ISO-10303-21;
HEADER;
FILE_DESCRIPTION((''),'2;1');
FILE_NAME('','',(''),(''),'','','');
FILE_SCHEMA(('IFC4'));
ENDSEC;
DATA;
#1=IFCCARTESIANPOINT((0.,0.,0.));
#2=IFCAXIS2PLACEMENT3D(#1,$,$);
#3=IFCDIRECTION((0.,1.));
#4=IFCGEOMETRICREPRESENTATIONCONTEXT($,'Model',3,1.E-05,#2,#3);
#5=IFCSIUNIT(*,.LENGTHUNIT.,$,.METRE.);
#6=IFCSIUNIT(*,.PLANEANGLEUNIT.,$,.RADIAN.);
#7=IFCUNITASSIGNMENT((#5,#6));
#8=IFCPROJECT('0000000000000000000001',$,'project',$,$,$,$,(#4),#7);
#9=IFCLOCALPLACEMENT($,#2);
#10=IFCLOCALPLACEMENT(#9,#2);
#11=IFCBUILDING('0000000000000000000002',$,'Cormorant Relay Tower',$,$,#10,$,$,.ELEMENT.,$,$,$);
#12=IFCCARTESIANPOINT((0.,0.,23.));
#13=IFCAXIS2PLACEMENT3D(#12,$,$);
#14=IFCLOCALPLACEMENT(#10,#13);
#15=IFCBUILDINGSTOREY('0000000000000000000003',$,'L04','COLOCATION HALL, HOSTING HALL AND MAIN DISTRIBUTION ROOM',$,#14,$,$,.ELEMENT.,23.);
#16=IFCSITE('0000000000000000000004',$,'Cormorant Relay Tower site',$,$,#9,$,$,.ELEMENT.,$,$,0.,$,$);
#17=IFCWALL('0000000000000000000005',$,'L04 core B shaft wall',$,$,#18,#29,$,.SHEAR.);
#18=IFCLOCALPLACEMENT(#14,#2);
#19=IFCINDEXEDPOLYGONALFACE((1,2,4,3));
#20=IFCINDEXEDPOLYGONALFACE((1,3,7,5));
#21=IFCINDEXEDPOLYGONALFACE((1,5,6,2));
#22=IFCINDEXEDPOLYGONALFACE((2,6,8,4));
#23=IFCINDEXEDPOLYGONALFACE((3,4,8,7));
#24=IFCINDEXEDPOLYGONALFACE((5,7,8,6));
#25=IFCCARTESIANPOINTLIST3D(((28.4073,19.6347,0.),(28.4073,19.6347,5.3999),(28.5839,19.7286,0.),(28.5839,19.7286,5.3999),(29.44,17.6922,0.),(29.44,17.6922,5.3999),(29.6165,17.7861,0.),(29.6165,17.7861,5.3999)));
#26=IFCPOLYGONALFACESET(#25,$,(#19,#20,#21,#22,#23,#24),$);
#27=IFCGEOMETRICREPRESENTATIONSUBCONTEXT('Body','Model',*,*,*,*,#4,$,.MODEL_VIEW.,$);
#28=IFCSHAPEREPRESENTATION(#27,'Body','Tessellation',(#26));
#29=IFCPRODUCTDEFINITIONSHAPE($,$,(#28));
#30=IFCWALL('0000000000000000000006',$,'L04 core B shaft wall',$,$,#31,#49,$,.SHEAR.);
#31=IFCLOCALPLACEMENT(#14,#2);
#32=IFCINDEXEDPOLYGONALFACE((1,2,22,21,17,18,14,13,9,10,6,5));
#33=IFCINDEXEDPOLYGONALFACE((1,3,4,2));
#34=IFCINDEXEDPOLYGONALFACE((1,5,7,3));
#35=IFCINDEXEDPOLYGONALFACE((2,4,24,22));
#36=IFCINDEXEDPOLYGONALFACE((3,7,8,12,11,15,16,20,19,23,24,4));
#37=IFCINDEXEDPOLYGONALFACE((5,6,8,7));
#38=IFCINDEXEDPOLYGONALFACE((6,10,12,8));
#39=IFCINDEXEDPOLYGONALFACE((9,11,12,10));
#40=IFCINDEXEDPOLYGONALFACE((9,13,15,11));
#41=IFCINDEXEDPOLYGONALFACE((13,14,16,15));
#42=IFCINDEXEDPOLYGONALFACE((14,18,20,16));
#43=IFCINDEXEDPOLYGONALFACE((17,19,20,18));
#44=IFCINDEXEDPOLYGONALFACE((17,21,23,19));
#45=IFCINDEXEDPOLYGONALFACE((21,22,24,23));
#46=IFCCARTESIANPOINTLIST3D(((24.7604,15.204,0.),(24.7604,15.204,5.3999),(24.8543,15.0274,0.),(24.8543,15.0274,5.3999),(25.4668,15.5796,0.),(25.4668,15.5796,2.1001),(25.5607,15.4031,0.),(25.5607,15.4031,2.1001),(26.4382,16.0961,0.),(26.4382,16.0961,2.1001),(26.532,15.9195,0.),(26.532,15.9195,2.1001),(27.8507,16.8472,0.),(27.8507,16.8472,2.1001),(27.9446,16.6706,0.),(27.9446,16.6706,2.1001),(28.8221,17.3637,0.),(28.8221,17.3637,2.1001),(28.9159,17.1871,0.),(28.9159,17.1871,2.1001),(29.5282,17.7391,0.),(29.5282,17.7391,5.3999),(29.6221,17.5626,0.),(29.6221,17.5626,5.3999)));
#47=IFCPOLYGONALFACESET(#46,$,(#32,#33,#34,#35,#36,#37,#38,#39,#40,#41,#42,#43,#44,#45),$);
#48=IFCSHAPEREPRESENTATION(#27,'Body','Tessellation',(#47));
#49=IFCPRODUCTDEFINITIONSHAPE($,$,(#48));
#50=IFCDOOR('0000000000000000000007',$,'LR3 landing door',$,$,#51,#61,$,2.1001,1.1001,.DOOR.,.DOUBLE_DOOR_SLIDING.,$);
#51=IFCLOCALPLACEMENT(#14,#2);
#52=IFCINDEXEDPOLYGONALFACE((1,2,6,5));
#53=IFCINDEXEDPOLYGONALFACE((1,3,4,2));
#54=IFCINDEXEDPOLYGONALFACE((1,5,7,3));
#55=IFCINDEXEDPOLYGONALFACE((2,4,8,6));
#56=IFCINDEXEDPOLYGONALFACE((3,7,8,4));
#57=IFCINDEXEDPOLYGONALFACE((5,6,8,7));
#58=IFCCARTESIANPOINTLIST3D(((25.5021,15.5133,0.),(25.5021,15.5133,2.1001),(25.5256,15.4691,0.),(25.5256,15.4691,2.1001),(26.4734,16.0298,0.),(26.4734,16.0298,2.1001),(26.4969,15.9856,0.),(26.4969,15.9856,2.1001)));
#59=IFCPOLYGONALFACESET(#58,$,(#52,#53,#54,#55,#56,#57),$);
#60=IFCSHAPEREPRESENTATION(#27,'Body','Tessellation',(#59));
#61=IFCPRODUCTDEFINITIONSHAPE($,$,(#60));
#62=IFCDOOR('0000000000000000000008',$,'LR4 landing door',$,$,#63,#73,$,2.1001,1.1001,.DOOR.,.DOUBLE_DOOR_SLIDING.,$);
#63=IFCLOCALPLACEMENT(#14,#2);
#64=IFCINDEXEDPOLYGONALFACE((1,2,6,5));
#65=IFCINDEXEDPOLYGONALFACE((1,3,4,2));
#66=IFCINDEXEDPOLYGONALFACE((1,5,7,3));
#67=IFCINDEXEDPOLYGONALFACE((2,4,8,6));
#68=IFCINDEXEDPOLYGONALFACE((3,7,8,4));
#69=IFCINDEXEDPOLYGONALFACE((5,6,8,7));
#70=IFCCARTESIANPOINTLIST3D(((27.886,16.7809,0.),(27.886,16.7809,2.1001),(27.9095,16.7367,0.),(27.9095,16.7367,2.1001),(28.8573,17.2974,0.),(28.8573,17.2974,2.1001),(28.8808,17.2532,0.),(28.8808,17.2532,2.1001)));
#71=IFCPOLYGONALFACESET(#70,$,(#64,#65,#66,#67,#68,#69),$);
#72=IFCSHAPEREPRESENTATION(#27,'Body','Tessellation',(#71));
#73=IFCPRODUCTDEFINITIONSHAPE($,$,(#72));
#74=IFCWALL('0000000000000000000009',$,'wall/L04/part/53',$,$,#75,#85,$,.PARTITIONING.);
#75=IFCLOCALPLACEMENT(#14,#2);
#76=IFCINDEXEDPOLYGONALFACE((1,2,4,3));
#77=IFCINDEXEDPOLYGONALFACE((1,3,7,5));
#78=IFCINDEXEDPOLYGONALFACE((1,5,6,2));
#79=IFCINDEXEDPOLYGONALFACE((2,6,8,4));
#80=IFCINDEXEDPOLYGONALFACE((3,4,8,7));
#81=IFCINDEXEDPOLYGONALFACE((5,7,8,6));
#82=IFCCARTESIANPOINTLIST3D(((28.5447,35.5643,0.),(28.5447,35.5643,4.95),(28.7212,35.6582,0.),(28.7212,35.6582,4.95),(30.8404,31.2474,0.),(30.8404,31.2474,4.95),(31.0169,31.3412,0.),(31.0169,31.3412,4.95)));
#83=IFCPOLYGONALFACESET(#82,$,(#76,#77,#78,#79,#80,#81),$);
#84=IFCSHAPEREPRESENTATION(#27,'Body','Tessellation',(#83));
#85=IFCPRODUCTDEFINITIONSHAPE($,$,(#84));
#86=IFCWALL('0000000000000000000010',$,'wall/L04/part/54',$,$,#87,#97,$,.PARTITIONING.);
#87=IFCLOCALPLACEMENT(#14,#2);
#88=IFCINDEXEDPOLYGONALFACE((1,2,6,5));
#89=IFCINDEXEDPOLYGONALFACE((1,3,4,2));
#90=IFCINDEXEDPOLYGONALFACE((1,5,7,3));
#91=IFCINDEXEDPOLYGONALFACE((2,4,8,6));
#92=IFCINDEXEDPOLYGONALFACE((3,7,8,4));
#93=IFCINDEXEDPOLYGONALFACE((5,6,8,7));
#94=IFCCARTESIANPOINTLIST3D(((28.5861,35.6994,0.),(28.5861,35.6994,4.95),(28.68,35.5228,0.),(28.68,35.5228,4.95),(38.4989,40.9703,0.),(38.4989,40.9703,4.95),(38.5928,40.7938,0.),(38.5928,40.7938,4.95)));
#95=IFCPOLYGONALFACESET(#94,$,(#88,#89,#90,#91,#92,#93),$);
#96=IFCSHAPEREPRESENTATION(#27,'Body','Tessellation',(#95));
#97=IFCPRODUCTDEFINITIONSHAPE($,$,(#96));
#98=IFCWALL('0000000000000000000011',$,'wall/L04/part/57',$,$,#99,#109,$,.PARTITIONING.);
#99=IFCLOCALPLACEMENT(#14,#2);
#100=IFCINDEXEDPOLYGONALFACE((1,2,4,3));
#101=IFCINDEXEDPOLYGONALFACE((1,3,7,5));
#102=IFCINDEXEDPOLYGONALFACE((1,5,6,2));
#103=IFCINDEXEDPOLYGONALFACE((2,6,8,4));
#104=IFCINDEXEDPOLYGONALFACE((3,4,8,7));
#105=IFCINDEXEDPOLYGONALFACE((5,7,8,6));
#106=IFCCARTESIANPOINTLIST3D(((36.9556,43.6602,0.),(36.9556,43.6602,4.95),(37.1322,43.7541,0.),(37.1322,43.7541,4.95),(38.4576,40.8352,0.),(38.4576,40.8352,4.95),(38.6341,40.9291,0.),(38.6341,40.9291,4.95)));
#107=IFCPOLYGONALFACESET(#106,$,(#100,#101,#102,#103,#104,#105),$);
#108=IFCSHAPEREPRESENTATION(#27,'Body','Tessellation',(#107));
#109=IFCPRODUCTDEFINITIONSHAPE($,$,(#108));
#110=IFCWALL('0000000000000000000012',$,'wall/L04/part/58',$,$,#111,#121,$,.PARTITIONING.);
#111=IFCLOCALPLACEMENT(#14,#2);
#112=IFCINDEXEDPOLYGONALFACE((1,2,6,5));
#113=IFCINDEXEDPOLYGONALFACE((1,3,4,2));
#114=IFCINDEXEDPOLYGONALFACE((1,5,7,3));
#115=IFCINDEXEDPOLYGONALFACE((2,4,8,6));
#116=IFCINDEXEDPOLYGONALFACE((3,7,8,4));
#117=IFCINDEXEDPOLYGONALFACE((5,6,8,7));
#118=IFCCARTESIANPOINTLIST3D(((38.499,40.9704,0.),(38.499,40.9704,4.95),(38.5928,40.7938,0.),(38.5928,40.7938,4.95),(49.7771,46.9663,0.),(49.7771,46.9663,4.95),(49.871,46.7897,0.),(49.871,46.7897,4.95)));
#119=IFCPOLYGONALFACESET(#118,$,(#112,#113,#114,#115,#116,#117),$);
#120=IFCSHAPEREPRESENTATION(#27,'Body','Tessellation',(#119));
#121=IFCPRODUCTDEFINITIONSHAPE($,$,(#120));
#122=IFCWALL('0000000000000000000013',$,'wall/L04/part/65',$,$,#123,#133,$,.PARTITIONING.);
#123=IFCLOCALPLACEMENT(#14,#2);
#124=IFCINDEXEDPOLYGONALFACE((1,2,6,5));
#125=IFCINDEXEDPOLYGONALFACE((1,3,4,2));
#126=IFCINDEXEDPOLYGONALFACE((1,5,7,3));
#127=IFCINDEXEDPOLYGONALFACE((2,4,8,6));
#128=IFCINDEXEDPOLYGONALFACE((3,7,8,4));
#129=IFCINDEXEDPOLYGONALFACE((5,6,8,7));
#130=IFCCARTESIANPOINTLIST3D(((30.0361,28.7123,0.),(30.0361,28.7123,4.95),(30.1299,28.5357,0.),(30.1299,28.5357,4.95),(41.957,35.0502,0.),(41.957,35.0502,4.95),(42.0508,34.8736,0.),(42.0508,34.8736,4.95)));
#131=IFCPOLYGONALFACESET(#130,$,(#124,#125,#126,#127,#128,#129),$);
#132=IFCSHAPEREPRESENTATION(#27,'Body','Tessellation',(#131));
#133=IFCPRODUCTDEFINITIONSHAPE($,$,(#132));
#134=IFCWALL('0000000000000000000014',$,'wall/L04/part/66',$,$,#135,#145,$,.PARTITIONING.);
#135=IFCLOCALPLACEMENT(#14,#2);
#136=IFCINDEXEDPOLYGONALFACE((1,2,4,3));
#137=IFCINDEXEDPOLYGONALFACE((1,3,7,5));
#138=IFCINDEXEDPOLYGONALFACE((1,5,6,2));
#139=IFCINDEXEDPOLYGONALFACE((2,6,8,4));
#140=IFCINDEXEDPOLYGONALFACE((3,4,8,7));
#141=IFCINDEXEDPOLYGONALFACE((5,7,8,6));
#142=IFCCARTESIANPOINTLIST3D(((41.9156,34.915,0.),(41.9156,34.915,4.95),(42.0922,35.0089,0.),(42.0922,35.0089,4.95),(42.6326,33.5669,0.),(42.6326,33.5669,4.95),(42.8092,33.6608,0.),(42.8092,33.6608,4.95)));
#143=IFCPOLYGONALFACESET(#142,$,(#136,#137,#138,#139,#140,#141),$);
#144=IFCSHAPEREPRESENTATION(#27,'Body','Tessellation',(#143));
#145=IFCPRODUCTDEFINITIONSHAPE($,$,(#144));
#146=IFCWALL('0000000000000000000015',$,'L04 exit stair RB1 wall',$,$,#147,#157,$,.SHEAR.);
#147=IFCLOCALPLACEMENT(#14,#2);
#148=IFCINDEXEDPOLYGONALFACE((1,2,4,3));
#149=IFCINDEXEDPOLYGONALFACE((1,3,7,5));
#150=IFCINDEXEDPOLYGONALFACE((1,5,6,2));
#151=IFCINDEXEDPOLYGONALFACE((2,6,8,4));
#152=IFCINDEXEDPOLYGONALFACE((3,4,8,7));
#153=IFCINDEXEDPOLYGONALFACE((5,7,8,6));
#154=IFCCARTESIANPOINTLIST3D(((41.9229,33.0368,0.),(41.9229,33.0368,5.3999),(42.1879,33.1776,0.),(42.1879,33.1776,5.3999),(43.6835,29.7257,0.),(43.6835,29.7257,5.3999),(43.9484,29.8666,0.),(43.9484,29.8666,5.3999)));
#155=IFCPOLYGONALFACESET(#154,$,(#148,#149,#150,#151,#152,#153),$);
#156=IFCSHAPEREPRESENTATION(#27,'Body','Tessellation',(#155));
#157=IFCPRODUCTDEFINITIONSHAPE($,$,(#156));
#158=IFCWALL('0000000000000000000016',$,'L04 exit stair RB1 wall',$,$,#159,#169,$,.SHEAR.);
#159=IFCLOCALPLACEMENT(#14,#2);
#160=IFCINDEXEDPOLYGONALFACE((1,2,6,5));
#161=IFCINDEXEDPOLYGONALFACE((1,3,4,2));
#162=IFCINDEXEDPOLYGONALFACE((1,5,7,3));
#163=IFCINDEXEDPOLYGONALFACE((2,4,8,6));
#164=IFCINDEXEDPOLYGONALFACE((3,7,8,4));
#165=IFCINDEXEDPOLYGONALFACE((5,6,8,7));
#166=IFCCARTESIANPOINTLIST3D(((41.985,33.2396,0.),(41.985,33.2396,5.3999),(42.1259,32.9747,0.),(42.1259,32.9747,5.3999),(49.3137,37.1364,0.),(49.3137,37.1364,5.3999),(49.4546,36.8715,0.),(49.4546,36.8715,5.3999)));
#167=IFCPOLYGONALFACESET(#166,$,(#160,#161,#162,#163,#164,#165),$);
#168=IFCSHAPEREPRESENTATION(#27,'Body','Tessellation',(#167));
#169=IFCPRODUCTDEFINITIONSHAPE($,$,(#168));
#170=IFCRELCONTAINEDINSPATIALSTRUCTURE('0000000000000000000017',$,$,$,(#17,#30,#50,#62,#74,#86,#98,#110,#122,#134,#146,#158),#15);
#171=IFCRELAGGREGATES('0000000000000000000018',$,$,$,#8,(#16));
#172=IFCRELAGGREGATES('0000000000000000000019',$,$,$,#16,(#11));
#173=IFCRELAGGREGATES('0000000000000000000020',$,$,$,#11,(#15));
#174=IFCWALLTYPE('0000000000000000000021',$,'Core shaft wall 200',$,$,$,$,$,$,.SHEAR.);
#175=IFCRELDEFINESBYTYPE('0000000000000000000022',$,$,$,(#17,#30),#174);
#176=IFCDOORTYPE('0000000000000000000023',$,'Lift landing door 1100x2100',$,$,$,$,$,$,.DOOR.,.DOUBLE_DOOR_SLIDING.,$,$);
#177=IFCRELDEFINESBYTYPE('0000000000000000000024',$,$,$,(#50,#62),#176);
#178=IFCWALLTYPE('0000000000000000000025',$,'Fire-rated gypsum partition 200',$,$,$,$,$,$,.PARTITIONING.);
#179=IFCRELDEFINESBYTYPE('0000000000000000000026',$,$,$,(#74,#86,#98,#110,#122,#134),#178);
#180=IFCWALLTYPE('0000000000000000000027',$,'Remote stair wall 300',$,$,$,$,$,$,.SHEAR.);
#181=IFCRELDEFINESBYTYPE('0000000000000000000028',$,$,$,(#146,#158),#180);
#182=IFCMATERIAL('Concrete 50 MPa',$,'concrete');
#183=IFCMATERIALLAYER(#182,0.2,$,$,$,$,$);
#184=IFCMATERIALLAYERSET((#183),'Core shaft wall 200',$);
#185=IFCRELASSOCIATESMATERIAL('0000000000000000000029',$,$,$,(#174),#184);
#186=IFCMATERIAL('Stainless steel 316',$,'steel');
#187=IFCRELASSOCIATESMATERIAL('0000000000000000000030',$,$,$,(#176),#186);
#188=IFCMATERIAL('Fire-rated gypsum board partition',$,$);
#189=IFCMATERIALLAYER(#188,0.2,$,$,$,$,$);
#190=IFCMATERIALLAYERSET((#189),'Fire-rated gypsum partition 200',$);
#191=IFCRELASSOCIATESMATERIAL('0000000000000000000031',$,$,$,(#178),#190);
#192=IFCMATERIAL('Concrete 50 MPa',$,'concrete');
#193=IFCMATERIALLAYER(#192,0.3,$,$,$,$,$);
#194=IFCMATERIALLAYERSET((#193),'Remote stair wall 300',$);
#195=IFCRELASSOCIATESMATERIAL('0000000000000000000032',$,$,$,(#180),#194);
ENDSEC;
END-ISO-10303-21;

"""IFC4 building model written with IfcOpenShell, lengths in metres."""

from ifc_helpers import new_model, si_unit, direction, frame, frame_2d, origin, place, context, subcontext, project, spatial, rectangle, extrude, material, layer, layer_set, type_object, element, fill, save


model = new_model("IFC4")

# Units and contexts
model_context = context("Model", 3, precision=1e-05, world=origin(), true_north=direction((0.0, 1.0)))
body_context = subcontext(model_context, "Body", "Model", "MODEL_VIEW")
ifc_project = project(units=[si_unit("LENGTHUNIT", "METRE"), si_unit("PLANEANGLEUNIT", "RADIAN")], contexts=[model_context])

# Site, building, storey
site_placement = place(None, origin())
site = spatial("IfcSite", under=ifc_project, at=site_placement, Name="Cormorant Relay Tower site", CompositionType="ELEMENT", RefElevation=0.0)
building_placement = place(site_placement, origin())
building = spatial("IfcBuilding", under=site, at=building_placement, Name="Cormorant Relay Tower", CompositionType="ELEMENT")
storey_placement = place(building_placement, frame((0.0, 0.0, 23.0)))
storey = spatial("IfcBuildingStorey", under=building, at=storey_placement, Name="L04", Description="COLOCATION HALL, HOSTING HALL AND MAIN DISTRIBUTION ROOM", CompositionType="ELEMENT", Elevation=23.0)

# Shared definitions
ifc_material_1 = material(Name="Concrete 50 MPa", Category="concrete")
ifc_layer_1 = layer(ifc_material_1, 0.2)
ifc_layer_set_1 = layer_set([ifc_layer_1], Name="Core shaft wall 200")
wall_type_1 = type_object("IfcWallType", Name="Core shaft wall 200", PredefinedType="SHEAR", material=ifc_layer_set_1)

# Wall
wall_1_placement = place(storey_placement, frame((29.5283, 17.739, 0.0), z_axis=(0.0, 0.0, 1.0), x_axis=(-0.469401, 0.882985, 0.0)))
element("IfcWall", 1, at=wall_1_placement, inside=storey, type_object=wall_type_1, Name="L04 core B shaft wall", PredefinedType="SHEAR", context=body_context, shape_type="SweptSolid", body=[
    extrude(rectangle(XDim=2.2, YDim=0.2, at=frame_2d((1.1001, 0.0))), origin(), (0.0, 0.0, 1.0), 5.3999),
])

# Wall, openings, doors
wall_2_placement = place(storey_placement, frame((24.8074, 15.1157, 0.0), z_axis=(0.0, 0.0, 1.0), x_axis=(0.882943, 0.46948, 0.0)))
wall_2 = element("IfcWall", 2, at=wall_2_placement, inside=storey, type_object=wall_type_1, Name="L04 core B shaft wall", PredefinedType="SHEAR", context=body_context, shape_type="SweptSolid", body=[
    extrude(rectangle(XDim=5.3999, YDim=0.2, at=frame_2d((2.7, 0.0))), origin(), (0.0, 0.0, 1.0), 5.3999),
])
opening_1_placement = place(wall_2_placement, frame((0.8, 0.0, 0.0)))
opening_1 = element("IfcOpeningElement", 3, at=opening_1_placement, cuts=wall_2, PredefinedType="OPENING", context=body_context, shape_type="SweptSolid", body=[
    extrude(rectangle(XDim=1.1001, YDim=2.1001, at=frame_2d((0.55, 1.05))), frame((0.0, 0.1099, 0.0), z_axis=(0.0, -1.0, 0.0), x_axis=(1.0, 0.0, 0.0)), (0.0, 0.0, 1.0), 0.22),
])
opening_2_placement = place(wall_2_placement, frame((3.5, 0.0, 0.0)))
opening_2 = element("IfcOpeningElement", 4, at=opening_2_placement, cuts=wall_2, PredefinedType="OPENING", context=body_context, shape_type="SweptSolid", body=[
    extrude(rectangle(XDim=1.1001, YDim=2.1001, at=frame_2d((0.55, 1.05))), frame((0.0, 0.1099, 0.0), z_axis=(0.0, -1.0, 0.0), x_axis=(1.0, 0.0, 0.0)), (0.0, 0.0, 1.0), 0.22),
])
ifc_material_2 = material(Name="Stainless steel 316", Category="steel")
door_type_1 = type_object("IfcDoorType", Name="Lift landing door 1100x2100", OperationType="DOUBLE_DOOR_SLIDING", PredefinedType="DOOR", material=ifc_material_2)
door_1_placement = place(opening_1_placement, origin())
door_1 = element("IfcDoor", 5, at=door_1_placement, inside=storey, type_object=door_type_1, Name="LR3 landing door", OperationType="DOUBLE_DOOR_SLIDING", OverallHeight=2.1001, OverallWidth=1.1001, PredefinedType="DOOR", context=body_context, shape_type="SweptSolid", body=[
    extrude(rectangle(XDim=1.1001, YDim=2.1001, at=frame_2d((0.55, 1.05))), frame((0.0, 0.0249, 0.0), z_axis=(0.0, -1.0, 0.0), x_axis=(1.0, 0.0, 0.0)), (0.0, 0.0, 1.0), 0.05),
])
fill(opening_1, door_1)
door_2_placement = place(opening_2_placement, origin())
door_2 = element("IfcDoor", 6, at=door_2_placement, inside=storey, type_object=door_type_1, Name="LR4 landing door", OperationType="DOUBLE_DOOR_SLIDING", OverallHeight=2.1001, OverallWidth=1.1001, PredefinedType="DOOR", context=body_context, shape_type="SweptSolid", body=[
    extrude(rectangle(XDim=1.1001, YDim=2.1001, at=frame_2d((0.55, 1.05))), frame((0.0, 0.0249, 0.0), z_axis=(0.0, -1.0, 0.0), x_axis=(1.0, 0.0, 0.0)), (0.0, 0.0, 1.0), 0.05),
])
fill(opening_2, door_2)

# Walls
ifc_material_3 = material(Name="Fire-rated gypsum board partition")
ifc_layer_2 = layer(ifc_material_3, 0.2)
ifc_layer_set_2 = layer_set([ifc_layer_2], Name="Fire-rated gypsum partition 200")
wall_type_2 = type_object("IfcWallType", Name="Fire-rated gypsum partition 200", PredefinedType="PARTITIONING", material=ifc_layer_set_2)
wall_3_placement = place(storey_placement, frame((30.9287, 31.2942, 0.0), z_axis=(0.0, 0.0, 1.0), x_axis=(-0.469523, 0.88292, 0.0)))
element("IfcWall", 7, at=wall_3_placement, inside=storey, type_object=wall_type_2, Name="wall/L04/part/53", PredefinedType="PARTITIONING", context=body_context, shape_type="SweptSolid", body=[
    extrude(rectangle(XDim=4.8894, YDim=0.2, at=frame_2d((2.4448, 0.0))), origin(), (0.0, 0.0, 1.0), 4.95),
])
wall_4_placement = place(storey_placement, frame((28.6331, 35.6111, 0.0), z_axis=(0.0, 0.0, 1.0), x_axis=(0.882939, 0.469489, 0.0)))
element("IfcWall", 8, at=wall_4_placement, inside=storey, type_object=wall_type_2, Name="wall/L04/part/54", PredefinedType="PARTITIONING", context=body_context, shape_type="SweptSolid", body=[
    extrude(rectangle(XDim=11.2271, YDim=0.2, at=frame_2d((5.6135, 0.0))), origin(), (0.0, 0.0, 1.0), 4.95),
])
wall_5_placement = place(storey_placement, frame((37.0439, 43.707, 0.0), z_axis=(0.0, 0.0, 1.0), x_axis=(0.469447, -0.882961, 0.0)))
element("IfcWall", 9, at=wall_5_placement, inside=storey, type_object=wall_type_2, Name="wall/L04/part/57", PredefinedType="PARTITIONING", context=body_context, shape_type="SweptSolid", body=[
    extrude(rectangle(XDim=3.1995, YDim=0.2, at=frame_2d((1.5996, 0.0))), origin(), (0.0, 0.0, 1.0), 4.95),
])
wall_6_placement = place(storey_placement, frame((38.5459, 40.8821, 0.0), z_axis=(0.0, 0.0, 1.0), x_axis=(0.882974, 0.469422, 0.0)))
element("IfcWall", 10, at=wall_6_placement, inside=storey, type_object=wall_type_2, Name="wall/L04/part/58", PredefinedType="PARTITIONING", context=body_context, shape_type="SweptSolid", body=[
    extrude(rectangle(XDim=12.7729, YDim=0.2, at=frame_2d((6.3865, 0.0))), origin(), (0.0, 0.0, 1.0), 4.95),
])
wall_7_placement = place(storey_placement, frame((30.083, 28.624, 0.0), z_axis=(0.0, 0.0, 1.0), x_axis=(0.882965, 0.469439, 0.0)))
element("IfcWall", 11, at=wall_7_placement, inside=storey, type_object=wall_type_2, Name="wall/L04/part/65", PredefinedType="PARTITIONING", context=body_context, shape_type="SweptSolid", body=[
    extrude(rectangle(XDim=13.501, YDim=0.2, at=frame_2d((6.7505, 0.0))), origin(), (0.0, 0.0, 1.0), 4.95),
])
wall_8_placement = place(storey_placement, frame((42.0039, 34.9619, 0.0), z_axis=(0.0, 0.0, 1.0), x_axis=(0.469584, -0.882888, 0.0)))
element("IfcWall", 12, at=wall_8_placement, inside=storey, type_object=wall_type_2, Name="wall/L04/part/66", PredefinedType="PARTITIONING", context=body_context, shape_type="SweptSolid", body=[
    extrude(rectangle(XDim=1.5269, YDim=0.2, at=frame_2d((0.7634, 0.0))), origin(), (0.0, 0.0, 1.0), 4.95),
])
ifc_material_4 = material(Name="Concrete 50 MPa", Category="concrete")
ifc_layer_3 = layer(ifc_material_4, 0.3)
ifc_layer_set_3 = layer_set([ifc_layer_3], Name="Remote stair wall 300")
wall_type_3 = type_object("IfcWallType", Name="Remote stair wall 300", PredefinedType="SHEAR", material=ifc_layer_set_3)
wall_9_placement = place(storey_placement, frame((43.8159, 29.7961, 0.0), z_axis=(0.0, 0.0, 1.0), x_axis=(-0.469469, 0.882949, 0.0)))
element("IfcWall", 13, at=wall_9_placement, inside=storey, type_object=wall_type_3, Name="L04 exit stair RB1 wall", PredefinedType="SHEAR", context=body_context, shape_type="SweptSolid", body=[
    extrude(rectangle(XDim=3.75, YDim=0.3, at=frame_2d((1.875, 0.0))), origin(), (0.0, 0.0, 1.0), 5.3999),
])
wall_10_placement = place(storey_placement, frame((42.0554, 33.1072, 0.0), z_axis=(0.0, 0.0, 1.0), x_axis=(0.882946, 0.469475, 0.0)))
element("IfcWall", 14, at=wall_10_placement, inside=storey, type_object=wall_type_3, Name="L04 exit stair RB1 wall", PredefinedType="SHEAR", context=body_context, shape_type="SweptSolid", body=[
    extrude(rectangle(XDim=8.3003, YDim=0.3, at=frame_2d((4.1501, 0.0))), origin(), (0.0, 0.0, 1.0), 5.3999),
])

save(model, "model.ifc")
